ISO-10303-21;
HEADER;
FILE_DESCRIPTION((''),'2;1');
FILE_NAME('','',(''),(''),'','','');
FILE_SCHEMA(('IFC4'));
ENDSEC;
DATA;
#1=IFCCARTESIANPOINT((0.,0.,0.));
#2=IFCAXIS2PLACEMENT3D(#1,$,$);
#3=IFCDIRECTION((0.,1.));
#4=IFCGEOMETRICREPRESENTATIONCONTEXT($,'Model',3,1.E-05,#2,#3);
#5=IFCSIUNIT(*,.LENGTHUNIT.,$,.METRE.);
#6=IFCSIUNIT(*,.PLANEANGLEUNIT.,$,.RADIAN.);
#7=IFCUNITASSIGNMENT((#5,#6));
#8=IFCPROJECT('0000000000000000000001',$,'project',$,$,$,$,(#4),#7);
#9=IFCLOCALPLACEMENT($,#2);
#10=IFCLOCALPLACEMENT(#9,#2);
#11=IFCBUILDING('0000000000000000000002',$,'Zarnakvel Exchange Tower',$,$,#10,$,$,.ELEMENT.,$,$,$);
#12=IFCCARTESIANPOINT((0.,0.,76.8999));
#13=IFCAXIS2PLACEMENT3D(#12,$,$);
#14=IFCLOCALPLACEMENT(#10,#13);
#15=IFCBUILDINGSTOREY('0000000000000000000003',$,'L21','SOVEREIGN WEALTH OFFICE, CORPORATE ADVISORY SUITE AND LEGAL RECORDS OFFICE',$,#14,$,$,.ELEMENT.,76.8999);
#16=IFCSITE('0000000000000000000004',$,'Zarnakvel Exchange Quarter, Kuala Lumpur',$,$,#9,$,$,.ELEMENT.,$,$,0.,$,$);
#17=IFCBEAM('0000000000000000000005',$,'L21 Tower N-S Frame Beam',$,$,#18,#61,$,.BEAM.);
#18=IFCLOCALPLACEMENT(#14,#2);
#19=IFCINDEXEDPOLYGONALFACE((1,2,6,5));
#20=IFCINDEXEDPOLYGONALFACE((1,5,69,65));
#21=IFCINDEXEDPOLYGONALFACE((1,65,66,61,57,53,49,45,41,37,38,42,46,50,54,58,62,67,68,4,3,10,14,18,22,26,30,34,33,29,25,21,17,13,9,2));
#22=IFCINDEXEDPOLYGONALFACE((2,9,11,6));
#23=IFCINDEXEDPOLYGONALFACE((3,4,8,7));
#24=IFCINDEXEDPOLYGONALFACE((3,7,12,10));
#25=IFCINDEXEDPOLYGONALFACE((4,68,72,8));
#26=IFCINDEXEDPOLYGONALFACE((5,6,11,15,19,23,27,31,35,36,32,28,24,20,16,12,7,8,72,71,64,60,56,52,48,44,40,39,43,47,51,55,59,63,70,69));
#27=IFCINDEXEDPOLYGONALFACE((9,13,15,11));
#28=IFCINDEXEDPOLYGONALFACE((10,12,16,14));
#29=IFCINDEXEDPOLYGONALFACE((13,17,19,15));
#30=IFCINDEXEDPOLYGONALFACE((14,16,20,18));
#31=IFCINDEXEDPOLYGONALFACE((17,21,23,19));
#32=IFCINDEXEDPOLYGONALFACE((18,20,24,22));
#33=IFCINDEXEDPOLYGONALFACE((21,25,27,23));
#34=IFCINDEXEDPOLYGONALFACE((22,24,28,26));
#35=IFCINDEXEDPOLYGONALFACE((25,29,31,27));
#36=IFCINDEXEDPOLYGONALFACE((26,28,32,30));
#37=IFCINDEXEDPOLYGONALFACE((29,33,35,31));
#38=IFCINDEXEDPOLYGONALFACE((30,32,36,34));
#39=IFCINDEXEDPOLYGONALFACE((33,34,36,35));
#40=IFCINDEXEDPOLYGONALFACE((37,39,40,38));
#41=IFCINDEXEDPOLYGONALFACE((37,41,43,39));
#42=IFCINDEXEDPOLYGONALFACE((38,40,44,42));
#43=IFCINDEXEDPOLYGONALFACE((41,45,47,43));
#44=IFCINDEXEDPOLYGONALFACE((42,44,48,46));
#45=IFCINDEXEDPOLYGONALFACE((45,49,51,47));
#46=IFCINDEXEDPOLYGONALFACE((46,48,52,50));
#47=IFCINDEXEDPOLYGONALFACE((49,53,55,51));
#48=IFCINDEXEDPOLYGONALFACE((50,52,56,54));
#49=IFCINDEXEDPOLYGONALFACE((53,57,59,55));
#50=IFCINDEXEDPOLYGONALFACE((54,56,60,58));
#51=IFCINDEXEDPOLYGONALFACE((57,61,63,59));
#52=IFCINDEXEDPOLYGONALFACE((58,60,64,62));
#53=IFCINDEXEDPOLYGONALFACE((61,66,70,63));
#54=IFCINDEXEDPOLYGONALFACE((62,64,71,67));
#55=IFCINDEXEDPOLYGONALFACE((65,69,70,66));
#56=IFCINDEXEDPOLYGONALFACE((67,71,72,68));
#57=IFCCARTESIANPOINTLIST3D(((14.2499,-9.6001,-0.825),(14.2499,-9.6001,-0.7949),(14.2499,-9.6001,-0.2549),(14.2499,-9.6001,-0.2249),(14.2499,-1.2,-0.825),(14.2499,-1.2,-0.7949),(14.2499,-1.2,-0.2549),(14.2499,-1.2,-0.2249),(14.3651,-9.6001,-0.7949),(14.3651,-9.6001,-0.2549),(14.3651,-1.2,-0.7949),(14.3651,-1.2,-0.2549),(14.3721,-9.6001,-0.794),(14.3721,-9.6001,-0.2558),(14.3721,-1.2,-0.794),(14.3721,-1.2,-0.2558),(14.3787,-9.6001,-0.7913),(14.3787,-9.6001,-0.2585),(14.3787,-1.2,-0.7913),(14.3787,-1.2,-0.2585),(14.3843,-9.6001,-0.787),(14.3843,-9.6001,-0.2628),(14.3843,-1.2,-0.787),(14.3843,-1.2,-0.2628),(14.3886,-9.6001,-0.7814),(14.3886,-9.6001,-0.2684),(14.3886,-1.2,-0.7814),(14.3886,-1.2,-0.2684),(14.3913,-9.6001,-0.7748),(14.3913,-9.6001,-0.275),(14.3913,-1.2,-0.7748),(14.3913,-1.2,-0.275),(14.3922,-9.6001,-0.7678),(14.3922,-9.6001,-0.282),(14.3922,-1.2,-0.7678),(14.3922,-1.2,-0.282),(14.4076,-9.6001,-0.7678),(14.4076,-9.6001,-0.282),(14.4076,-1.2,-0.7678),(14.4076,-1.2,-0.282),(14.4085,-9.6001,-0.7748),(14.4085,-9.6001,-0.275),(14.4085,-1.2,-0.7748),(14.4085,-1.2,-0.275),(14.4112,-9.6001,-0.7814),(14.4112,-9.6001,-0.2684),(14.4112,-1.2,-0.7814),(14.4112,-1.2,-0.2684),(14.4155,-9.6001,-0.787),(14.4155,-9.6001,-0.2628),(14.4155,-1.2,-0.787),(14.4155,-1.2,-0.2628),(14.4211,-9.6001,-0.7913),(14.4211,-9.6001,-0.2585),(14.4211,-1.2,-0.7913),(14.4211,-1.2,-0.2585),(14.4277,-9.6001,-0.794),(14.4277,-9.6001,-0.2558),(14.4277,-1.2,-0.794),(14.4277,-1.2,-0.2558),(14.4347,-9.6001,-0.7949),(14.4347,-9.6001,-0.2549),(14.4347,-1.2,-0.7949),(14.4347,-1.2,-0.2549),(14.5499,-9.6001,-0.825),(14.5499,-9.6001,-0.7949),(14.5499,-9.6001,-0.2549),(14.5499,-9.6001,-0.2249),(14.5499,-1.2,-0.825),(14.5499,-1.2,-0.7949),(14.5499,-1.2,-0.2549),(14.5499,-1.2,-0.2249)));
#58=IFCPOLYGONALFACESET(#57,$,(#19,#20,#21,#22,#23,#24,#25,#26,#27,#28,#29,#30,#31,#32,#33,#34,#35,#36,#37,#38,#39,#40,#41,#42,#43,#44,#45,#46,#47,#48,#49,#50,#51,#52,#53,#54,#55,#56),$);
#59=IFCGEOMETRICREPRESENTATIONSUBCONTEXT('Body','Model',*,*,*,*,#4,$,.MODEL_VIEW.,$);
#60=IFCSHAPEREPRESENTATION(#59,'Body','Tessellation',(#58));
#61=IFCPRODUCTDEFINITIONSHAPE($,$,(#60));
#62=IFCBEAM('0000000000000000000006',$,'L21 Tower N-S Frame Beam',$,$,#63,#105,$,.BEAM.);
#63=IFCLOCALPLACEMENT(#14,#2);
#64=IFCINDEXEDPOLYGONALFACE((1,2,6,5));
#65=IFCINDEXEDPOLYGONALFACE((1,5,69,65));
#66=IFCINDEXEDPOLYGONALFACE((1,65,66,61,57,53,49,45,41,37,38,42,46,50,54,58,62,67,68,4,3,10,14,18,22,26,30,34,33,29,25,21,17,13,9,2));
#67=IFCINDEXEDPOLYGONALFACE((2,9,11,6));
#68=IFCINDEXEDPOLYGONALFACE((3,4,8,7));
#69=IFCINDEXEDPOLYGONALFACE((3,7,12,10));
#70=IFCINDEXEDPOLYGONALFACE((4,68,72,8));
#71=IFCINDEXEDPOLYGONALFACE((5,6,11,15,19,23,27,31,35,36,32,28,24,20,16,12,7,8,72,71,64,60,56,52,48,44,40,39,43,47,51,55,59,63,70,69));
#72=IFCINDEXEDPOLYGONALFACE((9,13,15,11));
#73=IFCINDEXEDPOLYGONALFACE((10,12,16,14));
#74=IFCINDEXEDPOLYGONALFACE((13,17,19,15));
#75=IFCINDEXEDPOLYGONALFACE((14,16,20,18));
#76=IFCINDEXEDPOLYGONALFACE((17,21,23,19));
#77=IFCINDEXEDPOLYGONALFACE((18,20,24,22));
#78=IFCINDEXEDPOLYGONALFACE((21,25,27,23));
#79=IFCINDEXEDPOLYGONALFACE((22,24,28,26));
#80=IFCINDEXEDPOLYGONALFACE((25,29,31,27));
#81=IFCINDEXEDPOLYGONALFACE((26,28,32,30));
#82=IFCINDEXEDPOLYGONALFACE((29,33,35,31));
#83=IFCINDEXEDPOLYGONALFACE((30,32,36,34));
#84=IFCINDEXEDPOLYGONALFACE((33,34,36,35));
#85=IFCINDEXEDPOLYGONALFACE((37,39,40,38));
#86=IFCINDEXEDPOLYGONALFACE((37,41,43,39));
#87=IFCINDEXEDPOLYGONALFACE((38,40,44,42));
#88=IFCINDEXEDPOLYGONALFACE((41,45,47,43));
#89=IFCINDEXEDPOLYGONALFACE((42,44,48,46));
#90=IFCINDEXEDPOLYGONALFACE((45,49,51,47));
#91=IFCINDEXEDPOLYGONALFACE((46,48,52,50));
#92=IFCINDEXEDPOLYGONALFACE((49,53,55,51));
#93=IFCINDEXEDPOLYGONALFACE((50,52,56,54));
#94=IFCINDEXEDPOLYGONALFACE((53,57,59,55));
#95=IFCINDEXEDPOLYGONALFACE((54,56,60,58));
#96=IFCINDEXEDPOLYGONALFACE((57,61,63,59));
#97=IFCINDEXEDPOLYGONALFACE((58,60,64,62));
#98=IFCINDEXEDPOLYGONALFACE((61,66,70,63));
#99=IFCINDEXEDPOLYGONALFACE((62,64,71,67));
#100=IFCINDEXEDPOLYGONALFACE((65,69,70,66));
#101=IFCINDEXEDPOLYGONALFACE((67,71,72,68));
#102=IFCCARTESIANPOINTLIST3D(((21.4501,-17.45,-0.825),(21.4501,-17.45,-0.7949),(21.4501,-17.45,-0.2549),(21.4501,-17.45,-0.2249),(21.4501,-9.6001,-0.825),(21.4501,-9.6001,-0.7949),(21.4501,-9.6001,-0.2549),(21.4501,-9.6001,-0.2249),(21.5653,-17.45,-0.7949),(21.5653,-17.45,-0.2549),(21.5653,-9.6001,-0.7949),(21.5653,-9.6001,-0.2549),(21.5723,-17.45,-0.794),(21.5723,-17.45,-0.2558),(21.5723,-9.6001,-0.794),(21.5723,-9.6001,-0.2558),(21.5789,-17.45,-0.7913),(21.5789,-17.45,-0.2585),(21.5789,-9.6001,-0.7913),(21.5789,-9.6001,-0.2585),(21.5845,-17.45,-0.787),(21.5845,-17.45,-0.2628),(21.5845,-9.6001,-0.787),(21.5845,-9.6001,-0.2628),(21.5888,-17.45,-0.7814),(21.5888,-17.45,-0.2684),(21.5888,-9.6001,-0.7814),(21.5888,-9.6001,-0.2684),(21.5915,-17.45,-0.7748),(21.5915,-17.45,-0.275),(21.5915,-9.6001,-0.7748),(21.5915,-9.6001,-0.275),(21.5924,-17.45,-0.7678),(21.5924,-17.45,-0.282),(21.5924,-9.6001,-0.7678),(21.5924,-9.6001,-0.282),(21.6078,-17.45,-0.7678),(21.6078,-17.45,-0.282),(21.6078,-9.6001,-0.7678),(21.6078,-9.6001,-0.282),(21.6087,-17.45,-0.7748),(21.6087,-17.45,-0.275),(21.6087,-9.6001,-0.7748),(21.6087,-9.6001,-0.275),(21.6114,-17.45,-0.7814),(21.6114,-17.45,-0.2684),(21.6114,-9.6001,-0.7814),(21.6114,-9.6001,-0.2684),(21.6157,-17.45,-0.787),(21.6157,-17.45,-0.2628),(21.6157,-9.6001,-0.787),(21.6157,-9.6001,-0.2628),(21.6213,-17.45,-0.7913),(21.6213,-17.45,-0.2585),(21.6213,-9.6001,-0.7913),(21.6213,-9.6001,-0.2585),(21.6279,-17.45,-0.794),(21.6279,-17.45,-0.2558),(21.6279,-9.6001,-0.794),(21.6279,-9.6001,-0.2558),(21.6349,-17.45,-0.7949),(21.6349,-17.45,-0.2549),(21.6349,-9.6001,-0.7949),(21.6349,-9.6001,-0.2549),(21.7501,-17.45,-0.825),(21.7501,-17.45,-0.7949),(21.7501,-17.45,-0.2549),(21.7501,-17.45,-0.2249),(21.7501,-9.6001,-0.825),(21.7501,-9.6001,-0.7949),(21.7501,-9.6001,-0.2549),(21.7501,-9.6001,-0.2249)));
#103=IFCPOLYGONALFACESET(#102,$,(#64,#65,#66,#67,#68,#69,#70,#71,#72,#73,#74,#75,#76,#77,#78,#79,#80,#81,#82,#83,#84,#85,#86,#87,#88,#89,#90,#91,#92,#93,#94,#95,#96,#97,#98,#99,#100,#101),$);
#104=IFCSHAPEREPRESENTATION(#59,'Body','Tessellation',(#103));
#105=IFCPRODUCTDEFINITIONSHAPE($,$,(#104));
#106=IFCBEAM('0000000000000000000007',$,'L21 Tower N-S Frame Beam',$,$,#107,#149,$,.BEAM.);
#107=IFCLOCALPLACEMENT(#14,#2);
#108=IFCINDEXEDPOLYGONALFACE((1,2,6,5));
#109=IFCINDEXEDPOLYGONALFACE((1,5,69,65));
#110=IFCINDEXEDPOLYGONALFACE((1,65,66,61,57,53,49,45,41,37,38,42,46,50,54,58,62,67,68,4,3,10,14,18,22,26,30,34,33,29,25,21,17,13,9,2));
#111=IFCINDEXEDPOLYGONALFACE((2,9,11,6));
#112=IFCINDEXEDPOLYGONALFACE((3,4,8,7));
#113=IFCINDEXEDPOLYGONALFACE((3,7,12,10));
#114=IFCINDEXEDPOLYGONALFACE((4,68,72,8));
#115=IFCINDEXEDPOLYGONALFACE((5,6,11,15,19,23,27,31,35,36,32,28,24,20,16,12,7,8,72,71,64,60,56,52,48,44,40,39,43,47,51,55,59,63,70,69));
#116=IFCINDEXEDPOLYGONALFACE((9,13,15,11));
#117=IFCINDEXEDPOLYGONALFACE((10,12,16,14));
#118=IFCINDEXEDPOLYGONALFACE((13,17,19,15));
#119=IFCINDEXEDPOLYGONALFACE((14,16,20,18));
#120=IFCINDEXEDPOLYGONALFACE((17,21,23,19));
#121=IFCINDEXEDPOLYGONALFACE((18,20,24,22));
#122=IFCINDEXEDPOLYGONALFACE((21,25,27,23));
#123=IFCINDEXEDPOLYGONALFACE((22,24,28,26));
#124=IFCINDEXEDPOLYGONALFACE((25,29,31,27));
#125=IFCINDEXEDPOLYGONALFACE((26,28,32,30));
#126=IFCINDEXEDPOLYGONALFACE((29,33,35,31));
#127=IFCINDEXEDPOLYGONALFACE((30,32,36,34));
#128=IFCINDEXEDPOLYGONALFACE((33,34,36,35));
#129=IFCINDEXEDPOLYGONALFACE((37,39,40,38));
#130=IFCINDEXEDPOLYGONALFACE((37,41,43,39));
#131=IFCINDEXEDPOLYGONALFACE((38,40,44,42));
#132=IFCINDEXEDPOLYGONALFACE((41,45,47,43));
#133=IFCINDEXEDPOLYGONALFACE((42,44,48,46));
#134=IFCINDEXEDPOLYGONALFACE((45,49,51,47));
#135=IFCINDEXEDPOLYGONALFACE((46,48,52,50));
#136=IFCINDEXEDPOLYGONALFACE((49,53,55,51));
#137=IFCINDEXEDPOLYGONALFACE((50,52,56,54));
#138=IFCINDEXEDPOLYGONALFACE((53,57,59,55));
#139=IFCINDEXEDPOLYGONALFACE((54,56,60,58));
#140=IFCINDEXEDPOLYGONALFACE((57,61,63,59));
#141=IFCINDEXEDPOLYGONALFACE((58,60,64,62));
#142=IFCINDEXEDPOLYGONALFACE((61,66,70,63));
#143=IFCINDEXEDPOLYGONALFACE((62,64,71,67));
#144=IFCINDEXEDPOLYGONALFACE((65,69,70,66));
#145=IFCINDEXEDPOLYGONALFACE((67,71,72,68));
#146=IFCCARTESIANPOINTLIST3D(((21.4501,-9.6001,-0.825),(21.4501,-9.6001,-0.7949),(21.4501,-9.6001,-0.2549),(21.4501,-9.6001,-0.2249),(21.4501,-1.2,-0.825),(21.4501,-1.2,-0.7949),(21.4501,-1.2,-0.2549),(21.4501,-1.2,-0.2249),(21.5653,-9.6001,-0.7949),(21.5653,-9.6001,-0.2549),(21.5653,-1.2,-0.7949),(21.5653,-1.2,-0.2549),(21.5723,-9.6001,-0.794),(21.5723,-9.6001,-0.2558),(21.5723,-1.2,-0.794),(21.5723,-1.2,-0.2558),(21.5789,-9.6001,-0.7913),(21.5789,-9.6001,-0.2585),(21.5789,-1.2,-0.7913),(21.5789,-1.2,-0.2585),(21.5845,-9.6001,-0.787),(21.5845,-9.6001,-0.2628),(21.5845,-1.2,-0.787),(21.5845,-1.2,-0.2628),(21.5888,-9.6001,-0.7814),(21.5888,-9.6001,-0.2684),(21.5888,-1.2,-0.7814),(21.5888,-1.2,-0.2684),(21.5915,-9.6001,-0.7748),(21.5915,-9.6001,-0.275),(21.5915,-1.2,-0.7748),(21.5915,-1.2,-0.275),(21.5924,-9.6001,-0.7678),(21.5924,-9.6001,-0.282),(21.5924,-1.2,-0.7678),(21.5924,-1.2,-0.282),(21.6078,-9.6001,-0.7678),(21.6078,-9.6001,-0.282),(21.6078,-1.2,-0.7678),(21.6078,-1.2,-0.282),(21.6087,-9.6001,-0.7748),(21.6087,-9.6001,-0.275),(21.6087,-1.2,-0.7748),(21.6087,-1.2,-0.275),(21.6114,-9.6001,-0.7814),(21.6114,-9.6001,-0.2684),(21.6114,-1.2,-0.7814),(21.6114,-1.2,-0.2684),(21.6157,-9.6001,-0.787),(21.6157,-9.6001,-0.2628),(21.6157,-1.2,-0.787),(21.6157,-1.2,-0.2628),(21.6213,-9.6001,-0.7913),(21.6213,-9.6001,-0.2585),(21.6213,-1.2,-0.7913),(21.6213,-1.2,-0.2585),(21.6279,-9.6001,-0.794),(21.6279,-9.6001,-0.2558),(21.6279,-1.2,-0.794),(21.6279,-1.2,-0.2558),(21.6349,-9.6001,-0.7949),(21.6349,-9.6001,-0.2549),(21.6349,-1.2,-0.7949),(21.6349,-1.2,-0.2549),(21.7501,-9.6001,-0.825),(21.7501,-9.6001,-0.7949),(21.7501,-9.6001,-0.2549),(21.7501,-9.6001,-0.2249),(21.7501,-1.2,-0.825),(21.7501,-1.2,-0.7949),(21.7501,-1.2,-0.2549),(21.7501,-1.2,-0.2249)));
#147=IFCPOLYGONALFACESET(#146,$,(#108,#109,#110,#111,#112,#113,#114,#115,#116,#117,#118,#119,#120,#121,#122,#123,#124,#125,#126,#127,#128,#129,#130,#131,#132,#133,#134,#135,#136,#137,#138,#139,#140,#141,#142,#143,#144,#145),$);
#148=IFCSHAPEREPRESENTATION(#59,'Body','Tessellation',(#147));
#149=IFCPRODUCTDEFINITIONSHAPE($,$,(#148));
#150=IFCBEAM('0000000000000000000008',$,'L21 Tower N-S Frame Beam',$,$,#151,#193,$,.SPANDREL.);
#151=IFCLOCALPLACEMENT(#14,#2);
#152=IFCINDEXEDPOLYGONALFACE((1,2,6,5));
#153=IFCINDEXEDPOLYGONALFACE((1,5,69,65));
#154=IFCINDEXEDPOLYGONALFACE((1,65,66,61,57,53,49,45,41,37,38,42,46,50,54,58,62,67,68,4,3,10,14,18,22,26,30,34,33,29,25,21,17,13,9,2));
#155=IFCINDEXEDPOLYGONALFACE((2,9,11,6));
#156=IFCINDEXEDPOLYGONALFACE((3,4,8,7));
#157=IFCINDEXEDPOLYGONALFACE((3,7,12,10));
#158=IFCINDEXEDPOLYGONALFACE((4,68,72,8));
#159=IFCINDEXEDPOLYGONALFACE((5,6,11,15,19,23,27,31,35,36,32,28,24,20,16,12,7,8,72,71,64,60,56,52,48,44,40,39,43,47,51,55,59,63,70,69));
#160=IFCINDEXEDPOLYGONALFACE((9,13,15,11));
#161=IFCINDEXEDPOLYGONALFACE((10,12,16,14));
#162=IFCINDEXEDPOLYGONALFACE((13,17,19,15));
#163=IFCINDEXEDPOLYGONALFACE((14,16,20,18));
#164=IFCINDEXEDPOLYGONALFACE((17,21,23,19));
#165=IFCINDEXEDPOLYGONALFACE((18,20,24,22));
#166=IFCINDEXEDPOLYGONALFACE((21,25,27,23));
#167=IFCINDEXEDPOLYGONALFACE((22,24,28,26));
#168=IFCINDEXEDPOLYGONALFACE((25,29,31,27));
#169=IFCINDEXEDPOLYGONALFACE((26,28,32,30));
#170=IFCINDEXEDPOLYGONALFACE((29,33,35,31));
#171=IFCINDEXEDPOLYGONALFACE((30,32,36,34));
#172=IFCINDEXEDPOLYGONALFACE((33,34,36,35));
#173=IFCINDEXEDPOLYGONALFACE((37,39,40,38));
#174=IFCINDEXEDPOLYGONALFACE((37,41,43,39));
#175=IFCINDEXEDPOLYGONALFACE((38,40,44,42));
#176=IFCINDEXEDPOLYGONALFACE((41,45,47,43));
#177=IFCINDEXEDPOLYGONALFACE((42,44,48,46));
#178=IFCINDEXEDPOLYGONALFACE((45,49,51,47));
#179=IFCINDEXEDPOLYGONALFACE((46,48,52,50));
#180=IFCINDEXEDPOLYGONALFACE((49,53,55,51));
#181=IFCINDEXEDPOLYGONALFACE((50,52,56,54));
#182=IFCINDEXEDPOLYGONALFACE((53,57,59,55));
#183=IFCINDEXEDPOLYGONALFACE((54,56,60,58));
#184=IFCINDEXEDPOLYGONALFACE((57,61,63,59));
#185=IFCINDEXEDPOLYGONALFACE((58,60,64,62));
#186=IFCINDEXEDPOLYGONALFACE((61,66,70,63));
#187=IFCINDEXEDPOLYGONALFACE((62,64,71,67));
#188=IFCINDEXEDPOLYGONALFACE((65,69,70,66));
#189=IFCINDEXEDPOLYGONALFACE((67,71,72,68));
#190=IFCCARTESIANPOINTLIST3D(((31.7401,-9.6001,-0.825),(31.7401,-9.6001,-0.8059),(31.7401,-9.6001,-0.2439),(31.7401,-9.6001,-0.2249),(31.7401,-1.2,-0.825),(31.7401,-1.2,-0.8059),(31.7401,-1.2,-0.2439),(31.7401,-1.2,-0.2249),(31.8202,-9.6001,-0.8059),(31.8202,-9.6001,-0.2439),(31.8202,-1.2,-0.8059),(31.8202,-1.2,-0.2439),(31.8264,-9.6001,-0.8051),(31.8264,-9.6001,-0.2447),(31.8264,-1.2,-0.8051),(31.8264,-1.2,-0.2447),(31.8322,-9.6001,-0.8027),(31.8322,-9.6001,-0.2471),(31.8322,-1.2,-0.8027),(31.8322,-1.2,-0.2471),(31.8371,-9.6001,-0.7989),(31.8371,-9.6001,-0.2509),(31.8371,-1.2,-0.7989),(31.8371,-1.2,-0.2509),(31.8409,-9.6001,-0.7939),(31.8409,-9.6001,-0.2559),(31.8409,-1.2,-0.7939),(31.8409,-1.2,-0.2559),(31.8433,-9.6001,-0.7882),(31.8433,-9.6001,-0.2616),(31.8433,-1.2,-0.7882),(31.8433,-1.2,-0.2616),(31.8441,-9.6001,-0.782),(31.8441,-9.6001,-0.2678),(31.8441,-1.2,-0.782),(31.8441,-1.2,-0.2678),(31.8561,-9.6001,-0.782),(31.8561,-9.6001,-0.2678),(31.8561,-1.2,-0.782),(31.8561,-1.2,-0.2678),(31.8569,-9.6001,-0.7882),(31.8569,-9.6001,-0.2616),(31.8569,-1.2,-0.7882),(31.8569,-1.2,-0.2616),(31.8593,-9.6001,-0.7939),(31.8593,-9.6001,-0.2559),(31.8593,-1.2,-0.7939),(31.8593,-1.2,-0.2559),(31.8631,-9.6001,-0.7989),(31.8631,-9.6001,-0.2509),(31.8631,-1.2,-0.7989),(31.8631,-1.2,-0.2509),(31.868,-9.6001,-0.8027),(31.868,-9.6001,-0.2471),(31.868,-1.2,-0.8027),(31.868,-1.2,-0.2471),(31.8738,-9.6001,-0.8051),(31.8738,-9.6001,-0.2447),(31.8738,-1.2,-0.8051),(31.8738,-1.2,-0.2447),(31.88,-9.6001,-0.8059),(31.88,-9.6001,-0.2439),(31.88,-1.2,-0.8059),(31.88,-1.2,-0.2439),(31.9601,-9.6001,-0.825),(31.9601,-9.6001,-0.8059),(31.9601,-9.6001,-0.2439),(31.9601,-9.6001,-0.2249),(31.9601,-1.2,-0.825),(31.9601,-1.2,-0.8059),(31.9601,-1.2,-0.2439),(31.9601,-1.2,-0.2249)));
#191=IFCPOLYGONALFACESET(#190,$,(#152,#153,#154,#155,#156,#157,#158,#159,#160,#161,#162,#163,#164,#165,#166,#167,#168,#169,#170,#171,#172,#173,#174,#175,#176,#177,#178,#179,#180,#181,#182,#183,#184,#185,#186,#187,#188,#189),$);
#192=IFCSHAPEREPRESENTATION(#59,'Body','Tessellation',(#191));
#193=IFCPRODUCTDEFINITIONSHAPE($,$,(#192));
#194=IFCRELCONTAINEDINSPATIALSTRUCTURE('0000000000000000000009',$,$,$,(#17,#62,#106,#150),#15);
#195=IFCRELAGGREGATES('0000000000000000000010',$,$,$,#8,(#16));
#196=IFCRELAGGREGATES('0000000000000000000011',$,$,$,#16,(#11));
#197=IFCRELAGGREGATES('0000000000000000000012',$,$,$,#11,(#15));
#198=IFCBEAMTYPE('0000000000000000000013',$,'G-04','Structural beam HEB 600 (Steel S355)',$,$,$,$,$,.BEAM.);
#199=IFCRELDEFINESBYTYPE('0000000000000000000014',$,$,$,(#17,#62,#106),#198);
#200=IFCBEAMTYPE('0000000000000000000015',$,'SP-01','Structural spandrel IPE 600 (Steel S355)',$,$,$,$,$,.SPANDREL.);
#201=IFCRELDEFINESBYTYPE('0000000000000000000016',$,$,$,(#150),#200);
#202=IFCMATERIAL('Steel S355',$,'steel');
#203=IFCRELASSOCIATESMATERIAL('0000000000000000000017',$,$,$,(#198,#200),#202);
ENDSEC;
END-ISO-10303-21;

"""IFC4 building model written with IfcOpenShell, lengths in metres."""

from ifc_helpers import new_model, si_unit, direction, frame, origin, origin_2d, place, context, subcontext, project, spatial, i_section, extrude, material, material_profile, profile_set, type_object, element, save


model = new_model("IFC4")

# Units and contexts
model_context = context("Model", 3, precision=1e-05, world=origin(), true_north=direction((0.0, 1.0)))
body_context = subcontext(model_context, "Body", "Model", "MODEL_VIEW")
ifc_project = project(units=[si_unit("LENGTHUNIT", "METRE"), si_unit("PLANEANGLEUNIT", "RADIAN")], contexts=[model_context])

# Site, building, storey
site_placement = place(None, origin())
site = spatial("IfcSite", under=ifc_project, at=site_placement, Name="Zarnakvel Exchange Quarter, Kuala Lumpur", CompositionType="ELEMENT", RefElevation=0.0)
building_placement = place(site_placement, origin())
building = spatial("IfcBuilding", under=site, at=building_placement, Name="Zarnakvel Exchange Tower", CompositionType="ELEMENT")
storey_placement = place(building_placement, frame((0.0, 0.0, 76.8999)))
storey = spatial("IfcBuildingStorey", under=building, at=storey_placement, Name="L21", Description="SOVEREIGN WEALTH OFFICE, CORPORATE ADVISORY SUITE AND LEGAL RECORDS OFFICE", CompositionType="ELEMENT", Elevation=76.8999)

# Shared definitions
ifc_material_1 = material(Name="Steel S355", Category="steel")

# Beams
ifc_material_profile_1 = material_profile(ifc_material_1, i_section(OverallWidth=0.3, OverallDepth=0.6001, WebThickness=0.0154, FlangeThickness=0.03, FilletRadius=0.0271, at=origin_2d()))
ifc_profile_set_1 = profile_set([ifc_material_profile_1], Name="Steel S355")
beam_type_1 = type_object("IfcBeamType", Name="G-04", Description="Structural beam HEB 600 (Steel S355)", PredefinedType="BEAM", material=ifc_profile_set_1)
beam_1_placement = place(storey_placement, frame((14.3999, -9.6001, -0.5249), z_axis=(0.0, 1.0, 0.0), x_axis=(-1.0, 0.0, 0.0)))
element("IfcBeam", 1, at=beam_1_placement, inside=storey, type_object=beam_type_1, Name="L21 Tower N-S Frame Beam", PredefinedType="BEAM", context=body_context, shape_type="SweptSolid", body=[
    extrude(i_section(OverallWidth=0.3, OverallDepth=0.6001, WebThickness=0.0154, FlangeThickness=0.03, FilletRadius=0.0271, at=origin_2d()), origin(), (0.0, 0.0, 1.0), 8.4001),
])
beam_2_placement = place(storey_placement, frame((21.6001, -17.45, -0.5249), z_axis=(0.0, 1.0, 0.0), x_axis=(-1.0, 0.0, 0.0)))
element("IfcBeam", 2, at=beam_2_placement, inside=storey, type_object=beam_type_1, Name="L21 Tower N-S Frame Beam", PredefinedType="BEAM", context=body_context, shape_type="SweptSolid", body=[
    extrude(i_section(OverallWidth=0.3, OverallDepth=0.6001, WebThickness=0.0154, FlangeThickness=0.03, FilletRadius=0.0271, at=origin_2d()), origin(), (0.0, 0.0, 1.0), 7.8499),
])
beam_3_placement = place(storey_placement, frame((21.6001, -9.6001, -0.5249), z_axis=(0.0, 1.0, 0.0), x_axis=(-1.0, 0.0, 0.0)))
element("IfcBeam", 3, at=beam_3_placement, inside=storey, type_object=beam_type_1, Name="L21 Tower N-S Frame Beam", PredefinedType="BEAM", context=body_context, shape_type="SweptSolid", body=[
    extrude(i_section(OverallWidth=0.3, OverallDepth=0.6001, WebThickness=0.0154, FlangeThickness=0.03, FilletRadius=0.0271, at=origin_2d()), origin(), (0.0, 0.0, 1.0), 8.4001),
])
ifc_material_profile_2 = material_profile(ifc_material_1, i_section(OverallWidth=0.22, OverallDepth=0.6001, WebThickness=0.012, FlangeThickness=0.019, FilletRadius=0.0239, at=origin_2d()))
ifc_profile_set_2 = profile_set([ifc_material_profile_2], Name="Steel S355")
beam_type_2 = type_object("IfcBeamType", Name="SP-01", Description="Structural spandrel IPE 600 (Steel S355)", PredefinedType="SPANDREL", material=ifc_profile_set_2)
beam_4_placement = place(storey_placement, frame((31.8501, -9.6001, -0.5249), z_axis=(0.0, 1.0, 0.0), x_axis=(-1.0, 0.0, 0.0)))
element("IfcBeam", 4, at=beam_4_placement, inside=storey, type_object=beam_type_2, Name="L21 Tower N-S Frame Beam", PredefinedType="SPANDREL", context=body_context, shape_type="SweptSolid", body=[
    extrude(i_section(OverallWidth=0.22, OverallDepth=0.6001, WebThickness=0.012, FlangeThickness=0.019, FilletRadius=0.0239, at=origin_2d()), origin(), (0.0, 0.0, 1.0), 8.4001),
])

save(model, "model.ifc")
